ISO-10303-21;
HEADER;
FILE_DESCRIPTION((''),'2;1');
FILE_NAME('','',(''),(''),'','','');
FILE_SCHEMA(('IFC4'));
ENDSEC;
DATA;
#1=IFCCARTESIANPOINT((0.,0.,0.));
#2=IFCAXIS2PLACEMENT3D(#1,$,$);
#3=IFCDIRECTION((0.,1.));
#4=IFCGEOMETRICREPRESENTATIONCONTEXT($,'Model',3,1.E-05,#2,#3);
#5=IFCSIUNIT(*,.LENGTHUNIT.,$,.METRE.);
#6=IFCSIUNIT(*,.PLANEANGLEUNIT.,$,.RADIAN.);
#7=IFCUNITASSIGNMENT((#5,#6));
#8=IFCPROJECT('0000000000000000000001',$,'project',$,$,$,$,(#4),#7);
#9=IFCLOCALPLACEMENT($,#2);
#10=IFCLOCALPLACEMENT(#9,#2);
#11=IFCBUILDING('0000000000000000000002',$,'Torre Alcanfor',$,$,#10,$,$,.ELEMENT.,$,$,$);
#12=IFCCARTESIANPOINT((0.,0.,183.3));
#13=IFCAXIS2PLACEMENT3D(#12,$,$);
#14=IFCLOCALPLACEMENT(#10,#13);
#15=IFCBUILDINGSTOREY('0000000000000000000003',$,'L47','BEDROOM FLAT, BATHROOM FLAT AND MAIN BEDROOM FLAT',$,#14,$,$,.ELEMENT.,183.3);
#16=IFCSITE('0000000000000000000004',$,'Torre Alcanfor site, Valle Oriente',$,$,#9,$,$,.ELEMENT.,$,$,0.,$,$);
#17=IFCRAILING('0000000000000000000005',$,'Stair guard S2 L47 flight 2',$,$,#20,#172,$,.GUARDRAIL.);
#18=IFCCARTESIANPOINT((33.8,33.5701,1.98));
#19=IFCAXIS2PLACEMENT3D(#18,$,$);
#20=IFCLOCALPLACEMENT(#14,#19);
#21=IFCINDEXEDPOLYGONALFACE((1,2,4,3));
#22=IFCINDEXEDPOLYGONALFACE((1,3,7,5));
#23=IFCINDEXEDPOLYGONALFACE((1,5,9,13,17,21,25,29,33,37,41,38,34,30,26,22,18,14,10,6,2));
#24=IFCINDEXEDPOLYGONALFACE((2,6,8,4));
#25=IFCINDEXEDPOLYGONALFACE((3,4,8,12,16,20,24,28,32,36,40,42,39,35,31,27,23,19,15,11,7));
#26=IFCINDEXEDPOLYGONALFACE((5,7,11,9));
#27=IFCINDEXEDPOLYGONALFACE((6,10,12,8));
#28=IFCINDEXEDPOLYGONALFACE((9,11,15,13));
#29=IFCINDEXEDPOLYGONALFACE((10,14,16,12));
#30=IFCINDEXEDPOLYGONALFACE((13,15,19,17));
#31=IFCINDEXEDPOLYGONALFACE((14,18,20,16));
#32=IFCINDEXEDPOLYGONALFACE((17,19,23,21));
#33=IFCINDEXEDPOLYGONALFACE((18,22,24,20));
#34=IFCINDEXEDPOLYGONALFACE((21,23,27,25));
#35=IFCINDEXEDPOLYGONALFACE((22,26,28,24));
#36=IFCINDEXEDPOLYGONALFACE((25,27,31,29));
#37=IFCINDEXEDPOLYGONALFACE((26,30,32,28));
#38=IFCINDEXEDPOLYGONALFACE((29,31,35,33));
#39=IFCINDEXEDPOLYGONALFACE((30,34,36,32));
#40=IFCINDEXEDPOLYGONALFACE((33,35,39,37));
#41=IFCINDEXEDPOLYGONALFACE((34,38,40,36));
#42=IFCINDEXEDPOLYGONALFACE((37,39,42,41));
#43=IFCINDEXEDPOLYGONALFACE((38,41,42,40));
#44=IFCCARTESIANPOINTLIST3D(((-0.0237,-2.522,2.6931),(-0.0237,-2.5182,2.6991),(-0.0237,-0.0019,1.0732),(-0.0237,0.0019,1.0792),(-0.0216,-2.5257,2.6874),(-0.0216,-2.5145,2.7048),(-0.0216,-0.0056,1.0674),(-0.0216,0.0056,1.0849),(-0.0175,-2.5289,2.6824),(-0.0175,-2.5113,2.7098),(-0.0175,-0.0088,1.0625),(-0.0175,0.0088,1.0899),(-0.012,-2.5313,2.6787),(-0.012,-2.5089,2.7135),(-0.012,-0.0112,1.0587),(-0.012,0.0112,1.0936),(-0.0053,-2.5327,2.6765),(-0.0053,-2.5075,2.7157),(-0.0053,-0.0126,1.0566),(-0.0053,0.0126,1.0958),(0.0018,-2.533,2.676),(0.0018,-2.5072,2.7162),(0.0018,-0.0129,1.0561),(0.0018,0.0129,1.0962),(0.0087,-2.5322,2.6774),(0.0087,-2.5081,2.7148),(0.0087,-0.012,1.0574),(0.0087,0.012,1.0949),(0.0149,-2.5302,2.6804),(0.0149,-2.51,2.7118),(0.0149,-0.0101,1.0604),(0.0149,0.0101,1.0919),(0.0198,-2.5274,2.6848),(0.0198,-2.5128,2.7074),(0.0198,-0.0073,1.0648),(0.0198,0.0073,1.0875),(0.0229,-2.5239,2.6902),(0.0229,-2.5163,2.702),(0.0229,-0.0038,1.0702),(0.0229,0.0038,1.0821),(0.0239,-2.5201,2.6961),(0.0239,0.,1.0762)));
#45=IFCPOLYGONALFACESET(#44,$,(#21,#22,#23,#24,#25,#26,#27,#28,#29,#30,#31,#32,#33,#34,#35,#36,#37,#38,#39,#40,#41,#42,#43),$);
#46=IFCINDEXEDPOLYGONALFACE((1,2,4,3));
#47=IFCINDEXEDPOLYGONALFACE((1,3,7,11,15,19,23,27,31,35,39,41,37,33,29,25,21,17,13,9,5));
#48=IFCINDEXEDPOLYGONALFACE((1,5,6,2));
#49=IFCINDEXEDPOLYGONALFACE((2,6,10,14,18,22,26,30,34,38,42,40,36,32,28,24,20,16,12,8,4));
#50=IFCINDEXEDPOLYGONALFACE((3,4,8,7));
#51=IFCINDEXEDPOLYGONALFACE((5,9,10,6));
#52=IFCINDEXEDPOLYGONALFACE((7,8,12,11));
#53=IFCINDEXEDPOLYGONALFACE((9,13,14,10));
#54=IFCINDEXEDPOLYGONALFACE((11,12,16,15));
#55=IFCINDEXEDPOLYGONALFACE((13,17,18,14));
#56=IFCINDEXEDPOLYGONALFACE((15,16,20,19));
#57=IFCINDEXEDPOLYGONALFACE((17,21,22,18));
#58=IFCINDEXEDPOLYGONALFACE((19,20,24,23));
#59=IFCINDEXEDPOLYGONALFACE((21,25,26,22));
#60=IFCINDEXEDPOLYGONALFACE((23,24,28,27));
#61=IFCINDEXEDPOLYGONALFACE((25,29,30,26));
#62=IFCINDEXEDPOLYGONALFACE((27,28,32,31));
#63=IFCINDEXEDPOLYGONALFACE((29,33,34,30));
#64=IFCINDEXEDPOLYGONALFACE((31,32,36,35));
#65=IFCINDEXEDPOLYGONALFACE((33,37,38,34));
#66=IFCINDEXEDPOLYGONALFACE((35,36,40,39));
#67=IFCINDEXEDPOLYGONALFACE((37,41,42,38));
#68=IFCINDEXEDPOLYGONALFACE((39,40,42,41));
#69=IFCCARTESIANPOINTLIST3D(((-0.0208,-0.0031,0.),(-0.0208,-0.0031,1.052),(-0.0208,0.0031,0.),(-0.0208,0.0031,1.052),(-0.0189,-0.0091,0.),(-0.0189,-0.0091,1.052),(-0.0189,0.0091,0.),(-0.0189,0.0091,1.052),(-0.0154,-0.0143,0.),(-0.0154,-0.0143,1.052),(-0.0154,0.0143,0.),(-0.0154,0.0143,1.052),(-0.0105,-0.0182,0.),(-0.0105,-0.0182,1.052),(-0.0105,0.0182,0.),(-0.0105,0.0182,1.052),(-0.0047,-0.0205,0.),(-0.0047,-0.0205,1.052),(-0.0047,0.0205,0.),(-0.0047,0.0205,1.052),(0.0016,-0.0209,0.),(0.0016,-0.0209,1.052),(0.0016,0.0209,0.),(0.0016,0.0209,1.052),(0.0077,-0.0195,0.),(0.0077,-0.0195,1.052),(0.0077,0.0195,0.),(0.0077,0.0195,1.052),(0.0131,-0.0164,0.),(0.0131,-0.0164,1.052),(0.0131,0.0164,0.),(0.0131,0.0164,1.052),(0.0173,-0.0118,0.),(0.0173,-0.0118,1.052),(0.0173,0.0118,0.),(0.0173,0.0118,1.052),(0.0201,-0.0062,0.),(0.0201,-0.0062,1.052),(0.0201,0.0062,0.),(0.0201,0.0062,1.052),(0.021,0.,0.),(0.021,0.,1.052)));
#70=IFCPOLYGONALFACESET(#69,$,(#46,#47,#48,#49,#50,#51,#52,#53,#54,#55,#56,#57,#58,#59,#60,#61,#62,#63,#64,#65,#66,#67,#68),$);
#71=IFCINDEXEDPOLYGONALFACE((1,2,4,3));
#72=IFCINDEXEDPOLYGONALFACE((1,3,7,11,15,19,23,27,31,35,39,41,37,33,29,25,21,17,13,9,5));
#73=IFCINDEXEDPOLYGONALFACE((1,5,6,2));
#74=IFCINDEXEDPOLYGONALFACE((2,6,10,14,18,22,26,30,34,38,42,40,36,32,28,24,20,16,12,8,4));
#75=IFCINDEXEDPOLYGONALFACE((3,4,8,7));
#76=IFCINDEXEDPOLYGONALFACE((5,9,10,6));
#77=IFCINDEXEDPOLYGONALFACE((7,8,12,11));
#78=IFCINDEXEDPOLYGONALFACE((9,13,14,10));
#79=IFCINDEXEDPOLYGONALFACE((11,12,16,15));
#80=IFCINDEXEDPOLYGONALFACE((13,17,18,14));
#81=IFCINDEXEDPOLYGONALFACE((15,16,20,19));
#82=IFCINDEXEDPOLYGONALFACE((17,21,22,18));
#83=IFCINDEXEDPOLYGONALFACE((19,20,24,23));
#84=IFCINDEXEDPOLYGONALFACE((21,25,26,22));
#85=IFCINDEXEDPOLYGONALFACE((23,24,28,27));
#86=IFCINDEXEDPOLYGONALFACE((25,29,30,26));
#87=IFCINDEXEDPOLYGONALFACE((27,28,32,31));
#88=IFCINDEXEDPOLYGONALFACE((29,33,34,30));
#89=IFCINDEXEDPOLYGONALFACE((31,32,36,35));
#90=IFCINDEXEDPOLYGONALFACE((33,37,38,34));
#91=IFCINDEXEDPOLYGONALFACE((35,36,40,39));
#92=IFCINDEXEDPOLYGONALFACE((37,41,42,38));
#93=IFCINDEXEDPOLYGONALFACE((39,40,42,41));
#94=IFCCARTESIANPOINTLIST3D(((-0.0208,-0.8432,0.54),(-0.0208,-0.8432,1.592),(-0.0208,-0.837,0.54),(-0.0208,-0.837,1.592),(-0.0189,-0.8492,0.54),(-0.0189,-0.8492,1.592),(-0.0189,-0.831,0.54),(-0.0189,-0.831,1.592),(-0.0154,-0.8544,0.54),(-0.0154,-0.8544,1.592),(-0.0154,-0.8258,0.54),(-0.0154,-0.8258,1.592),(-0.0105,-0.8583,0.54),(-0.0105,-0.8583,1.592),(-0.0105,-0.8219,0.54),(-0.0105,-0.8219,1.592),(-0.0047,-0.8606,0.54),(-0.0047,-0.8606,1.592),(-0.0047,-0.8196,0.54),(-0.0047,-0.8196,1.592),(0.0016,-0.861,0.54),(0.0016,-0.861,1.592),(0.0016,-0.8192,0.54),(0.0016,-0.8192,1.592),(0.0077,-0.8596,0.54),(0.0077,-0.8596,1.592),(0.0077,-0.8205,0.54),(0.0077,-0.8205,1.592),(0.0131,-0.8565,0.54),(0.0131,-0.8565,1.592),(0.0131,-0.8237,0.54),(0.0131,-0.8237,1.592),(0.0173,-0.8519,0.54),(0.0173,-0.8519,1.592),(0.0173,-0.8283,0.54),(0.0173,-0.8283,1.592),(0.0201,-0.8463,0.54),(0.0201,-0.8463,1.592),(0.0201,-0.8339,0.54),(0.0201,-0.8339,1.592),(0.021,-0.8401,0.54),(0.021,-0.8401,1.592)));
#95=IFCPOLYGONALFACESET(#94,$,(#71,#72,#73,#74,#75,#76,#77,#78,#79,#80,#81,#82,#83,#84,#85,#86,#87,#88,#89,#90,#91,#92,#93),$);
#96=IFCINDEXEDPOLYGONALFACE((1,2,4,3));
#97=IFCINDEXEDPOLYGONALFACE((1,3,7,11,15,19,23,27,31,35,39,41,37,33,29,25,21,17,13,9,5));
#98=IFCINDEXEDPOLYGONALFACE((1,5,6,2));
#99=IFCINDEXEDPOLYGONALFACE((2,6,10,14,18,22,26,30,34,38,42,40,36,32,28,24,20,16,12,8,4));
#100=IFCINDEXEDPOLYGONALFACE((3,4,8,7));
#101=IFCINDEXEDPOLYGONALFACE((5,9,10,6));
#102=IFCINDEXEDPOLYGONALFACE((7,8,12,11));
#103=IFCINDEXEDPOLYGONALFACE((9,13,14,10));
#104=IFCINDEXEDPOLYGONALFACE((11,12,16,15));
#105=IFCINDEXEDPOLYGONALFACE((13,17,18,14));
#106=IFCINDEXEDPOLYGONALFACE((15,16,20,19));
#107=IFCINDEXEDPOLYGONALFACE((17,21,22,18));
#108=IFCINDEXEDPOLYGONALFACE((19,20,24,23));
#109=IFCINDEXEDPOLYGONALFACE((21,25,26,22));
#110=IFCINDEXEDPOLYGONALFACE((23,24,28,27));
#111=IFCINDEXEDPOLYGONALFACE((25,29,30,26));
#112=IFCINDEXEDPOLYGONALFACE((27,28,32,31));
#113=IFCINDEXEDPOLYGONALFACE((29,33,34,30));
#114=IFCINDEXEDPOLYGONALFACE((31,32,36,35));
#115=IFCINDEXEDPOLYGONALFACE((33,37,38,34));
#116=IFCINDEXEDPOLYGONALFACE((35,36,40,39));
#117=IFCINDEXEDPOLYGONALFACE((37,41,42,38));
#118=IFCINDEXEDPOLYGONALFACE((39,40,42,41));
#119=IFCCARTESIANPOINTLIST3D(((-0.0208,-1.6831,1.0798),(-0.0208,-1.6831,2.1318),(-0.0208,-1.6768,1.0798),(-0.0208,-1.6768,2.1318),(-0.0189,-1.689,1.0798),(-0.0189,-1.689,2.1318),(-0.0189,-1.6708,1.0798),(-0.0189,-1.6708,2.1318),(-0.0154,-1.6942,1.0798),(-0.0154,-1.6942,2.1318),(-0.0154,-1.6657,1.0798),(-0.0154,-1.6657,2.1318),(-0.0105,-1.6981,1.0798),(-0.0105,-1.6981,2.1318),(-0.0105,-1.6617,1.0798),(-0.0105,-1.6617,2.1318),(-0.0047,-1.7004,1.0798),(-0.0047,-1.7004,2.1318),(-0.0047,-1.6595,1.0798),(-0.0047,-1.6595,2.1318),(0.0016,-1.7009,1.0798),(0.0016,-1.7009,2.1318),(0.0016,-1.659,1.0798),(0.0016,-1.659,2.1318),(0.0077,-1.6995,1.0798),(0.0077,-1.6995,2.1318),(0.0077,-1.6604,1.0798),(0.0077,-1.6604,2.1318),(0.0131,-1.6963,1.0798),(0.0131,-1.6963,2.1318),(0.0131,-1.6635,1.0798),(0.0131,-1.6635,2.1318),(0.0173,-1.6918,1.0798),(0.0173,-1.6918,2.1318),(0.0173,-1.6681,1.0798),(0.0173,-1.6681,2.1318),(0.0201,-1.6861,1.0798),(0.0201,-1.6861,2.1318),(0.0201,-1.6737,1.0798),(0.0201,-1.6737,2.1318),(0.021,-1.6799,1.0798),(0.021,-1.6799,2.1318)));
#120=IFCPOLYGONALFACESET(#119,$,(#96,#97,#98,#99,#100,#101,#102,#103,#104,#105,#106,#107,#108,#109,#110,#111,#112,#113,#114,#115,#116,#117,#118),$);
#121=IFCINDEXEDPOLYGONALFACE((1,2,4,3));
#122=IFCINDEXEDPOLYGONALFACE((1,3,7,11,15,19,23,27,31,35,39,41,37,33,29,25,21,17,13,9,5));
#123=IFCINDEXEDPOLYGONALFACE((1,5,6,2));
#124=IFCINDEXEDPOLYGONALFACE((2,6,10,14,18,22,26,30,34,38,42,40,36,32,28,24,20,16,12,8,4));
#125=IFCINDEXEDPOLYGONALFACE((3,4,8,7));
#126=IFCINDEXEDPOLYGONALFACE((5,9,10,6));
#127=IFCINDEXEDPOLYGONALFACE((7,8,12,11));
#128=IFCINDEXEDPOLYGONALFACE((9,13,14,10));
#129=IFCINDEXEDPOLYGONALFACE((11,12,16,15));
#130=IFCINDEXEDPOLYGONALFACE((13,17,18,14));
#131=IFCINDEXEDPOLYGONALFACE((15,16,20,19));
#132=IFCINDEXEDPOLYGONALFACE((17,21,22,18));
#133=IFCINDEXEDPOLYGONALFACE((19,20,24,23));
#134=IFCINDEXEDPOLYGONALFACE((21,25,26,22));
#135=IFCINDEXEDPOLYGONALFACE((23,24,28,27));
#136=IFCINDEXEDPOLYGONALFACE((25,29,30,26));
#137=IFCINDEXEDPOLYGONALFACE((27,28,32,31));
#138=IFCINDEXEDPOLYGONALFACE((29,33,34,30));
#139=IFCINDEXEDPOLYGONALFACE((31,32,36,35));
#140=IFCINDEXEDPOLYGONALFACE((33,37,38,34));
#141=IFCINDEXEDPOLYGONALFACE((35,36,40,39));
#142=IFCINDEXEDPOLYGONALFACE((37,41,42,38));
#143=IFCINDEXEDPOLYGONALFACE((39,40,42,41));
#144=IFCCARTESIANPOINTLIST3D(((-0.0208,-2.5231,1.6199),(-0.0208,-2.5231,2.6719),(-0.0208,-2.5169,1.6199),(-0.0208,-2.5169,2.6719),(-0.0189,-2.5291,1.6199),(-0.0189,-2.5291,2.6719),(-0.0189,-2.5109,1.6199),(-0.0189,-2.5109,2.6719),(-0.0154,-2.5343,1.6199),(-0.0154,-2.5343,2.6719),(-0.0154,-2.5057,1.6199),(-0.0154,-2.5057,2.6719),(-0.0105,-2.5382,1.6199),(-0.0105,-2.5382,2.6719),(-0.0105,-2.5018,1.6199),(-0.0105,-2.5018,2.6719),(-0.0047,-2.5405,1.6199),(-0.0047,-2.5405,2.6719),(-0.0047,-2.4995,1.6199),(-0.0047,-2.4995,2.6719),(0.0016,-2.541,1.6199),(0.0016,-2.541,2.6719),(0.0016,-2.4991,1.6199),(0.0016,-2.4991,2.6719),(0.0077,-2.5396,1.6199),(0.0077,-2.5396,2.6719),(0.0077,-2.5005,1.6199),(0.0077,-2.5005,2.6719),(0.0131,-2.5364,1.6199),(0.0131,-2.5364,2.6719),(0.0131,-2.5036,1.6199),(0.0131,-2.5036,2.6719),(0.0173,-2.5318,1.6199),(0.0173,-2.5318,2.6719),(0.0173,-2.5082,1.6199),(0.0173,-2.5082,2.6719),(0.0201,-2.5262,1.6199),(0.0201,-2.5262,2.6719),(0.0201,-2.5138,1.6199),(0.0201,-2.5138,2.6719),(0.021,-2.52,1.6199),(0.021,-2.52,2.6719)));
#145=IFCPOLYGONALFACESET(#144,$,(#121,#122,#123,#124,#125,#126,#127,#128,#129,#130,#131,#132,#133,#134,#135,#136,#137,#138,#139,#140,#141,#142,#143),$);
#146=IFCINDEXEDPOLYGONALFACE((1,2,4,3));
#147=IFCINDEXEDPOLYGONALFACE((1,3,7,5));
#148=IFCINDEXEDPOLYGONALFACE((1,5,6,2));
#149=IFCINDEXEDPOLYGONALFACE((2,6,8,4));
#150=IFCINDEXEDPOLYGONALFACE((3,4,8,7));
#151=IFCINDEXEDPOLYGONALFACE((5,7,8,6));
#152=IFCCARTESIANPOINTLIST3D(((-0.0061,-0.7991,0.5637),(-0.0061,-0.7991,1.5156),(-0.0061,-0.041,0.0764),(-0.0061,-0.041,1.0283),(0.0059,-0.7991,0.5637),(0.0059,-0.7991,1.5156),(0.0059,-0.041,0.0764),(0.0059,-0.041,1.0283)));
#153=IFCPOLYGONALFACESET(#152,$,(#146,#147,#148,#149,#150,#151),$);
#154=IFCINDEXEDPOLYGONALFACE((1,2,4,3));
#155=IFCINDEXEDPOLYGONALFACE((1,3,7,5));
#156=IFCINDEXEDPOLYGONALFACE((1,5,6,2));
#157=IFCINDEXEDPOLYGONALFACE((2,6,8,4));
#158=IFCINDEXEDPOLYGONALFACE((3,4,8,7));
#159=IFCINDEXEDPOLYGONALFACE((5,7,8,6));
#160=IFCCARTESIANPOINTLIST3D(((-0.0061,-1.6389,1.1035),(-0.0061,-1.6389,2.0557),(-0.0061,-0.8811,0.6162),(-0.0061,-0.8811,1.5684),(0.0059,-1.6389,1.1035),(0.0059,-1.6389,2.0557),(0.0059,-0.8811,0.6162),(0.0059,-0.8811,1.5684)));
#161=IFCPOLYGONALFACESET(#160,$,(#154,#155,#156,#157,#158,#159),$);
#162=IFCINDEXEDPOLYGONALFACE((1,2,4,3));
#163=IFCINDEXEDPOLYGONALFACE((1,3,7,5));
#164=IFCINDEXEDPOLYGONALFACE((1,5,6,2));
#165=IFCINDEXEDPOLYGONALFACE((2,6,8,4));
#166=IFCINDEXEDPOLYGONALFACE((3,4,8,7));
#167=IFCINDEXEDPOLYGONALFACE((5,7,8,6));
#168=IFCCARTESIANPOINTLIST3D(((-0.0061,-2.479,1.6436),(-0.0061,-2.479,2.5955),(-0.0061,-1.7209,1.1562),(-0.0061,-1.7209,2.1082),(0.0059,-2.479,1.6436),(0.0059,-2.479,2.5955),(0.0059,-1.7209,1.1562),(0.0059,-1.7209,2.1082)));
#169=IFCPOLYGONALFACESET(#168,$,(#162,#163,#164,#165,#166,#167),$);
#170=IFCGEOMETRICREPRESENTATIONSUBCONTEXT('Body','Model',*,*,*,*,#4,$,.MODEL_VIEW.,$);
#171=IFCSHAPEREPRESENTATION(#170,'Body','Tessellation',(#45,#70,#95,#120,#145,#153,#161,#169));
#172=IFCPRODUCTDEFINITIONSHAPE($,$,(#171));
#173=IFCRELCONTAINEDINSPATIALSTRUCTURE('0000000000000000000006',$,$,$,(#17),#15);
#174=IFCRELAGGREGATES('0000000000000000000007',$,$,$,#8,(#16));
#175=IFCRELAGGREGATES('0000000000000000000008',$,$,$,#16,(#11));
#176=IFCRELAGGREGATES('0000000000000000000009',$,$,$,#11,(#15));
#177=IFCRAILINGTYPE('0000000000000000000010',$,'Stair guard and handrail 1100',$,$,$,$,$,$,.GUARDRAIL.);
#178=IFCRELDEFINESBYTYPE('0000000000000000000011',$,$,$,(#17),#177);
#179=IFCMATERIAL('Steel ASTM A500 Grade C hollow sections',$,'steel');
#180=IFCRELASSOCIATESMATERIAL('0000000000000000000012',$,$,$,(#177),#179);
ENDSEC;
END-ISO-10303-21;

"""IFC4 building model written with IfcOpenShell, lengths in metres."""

from ifc_helpers import new_model, si_unit, direction, frame, origin, origin_2d, place, context, subcontext, project, spatial, polyline, circle, outline, extrude, material, type_object, element, save


model = new_model("IFC4")

# Units and contexts
model_context = context("Model", 3, precision=1e-05, world=origin(), true_north=direction((0.0, 1.0)))
body_context = subcontext(model_context, "Body", "Model", "MODEL_VIEW")
ifc_project = project(units=[si_unit("LENGTHUNIT", "METRE"), si_unit("PLANEANGLEUNIT", "RADIAN")], contexts=[model_context])

# Site, building, storey
site_placement = place(None, origin())
site = spatial("IfcSite", under=ifc_project, at=site_placement, Name="Torre Alcanfor site, Valle Oriente", CompositionType="ELEMENT", RefElevation=0.0)
building_placement = place(site_placement, origin())
building = spatial("IfcBuilding", under=site, at=building_placement, Name="Torre Alcanfor", CompositionType="ELEMENT")
storey_placement = place(building_placement, frame((0.0, 0.0, 183.3)))
storey = spatial("IfcBuildingStorey", under=building, at=storey_placement, Name="L47", Description="BEDROOM FLAT, BATHROOM FLAT AND MAIN BEDROOM FLAT", CompositionType="ELEMENT", Elevation=183.3)

# Railing
ifc_material_1 = material(Name="Steel ASTM A500 Grade C hollow sections", Category="steel")
railing_type_1 = type_object("IfcRailingType", Name="Stair guard and handrail 1100", PredefinedType="GUARDRAIL", material=ifc_material_1)
railing_1_placement = place(storey_placement, frame((33.8, 33.5701, 1.98)))
element("IfcRailing", 1, at=railing_1_placement, inside=storey, type_object=railing_type_1, Name="Stair guard S2 L47 flight 2", PredefinedType="GUARDRAIL", context=body_context, shape_type="SweptSolid", body=[
    extrude(circle(Radius=0.0239, at=origin_2d()), frame((0.0, 0.0, 1.0762), z_axis=(0.0, -0.8412, 0.540725), x_axis=(1.0, 0.0, 0.0)), (0.0, 0.0, 1.0), 2.9958),
    extrude(circle(Radius=0.021, at=origin_2d()), origin(), (0.0, 0.0, 1.0), 1.052),
    extrude(circle(Radius=0.021, at=origin_2d()), frame((0.0, -0.8401, 0.54)), (0.0, 0.0, 1.0), 1.052),
    extrude(circle(Radius=0.021, at=origin_2d()), frame((0.0, -1.6799, 1.0798)), (0.0, 0.0, 1.0), 1.052),
    extrude(circle(Radius=0.021, at=origin_2d()), frame((0.0, -2.52, 1.6199)), (0.0, 0.0, 1.0), 1.052),
    extrude(outline(polyline([(0.041, 0.0764), (0.7991, 0.5637), (0.7991, 1.5156), (0.041, 1.0283), (0.041, 0.0764)])), frame((0.0059, 0.0, 0.0), z_axis=(-1.0, 0.0, 0.0), x_axis=(0.0, -1.0, 0.0)), (0.0, 0.0, 1.0), 0.012),
    extrude(outline(polyline([(0.8811, 0.6162), (1.6389, 1.1035), (1.6389, 2.0557), (0.8811, 1.5684), (0.8811, 0.6162)])), frame((0.0059, 0.0, 0.0), z_axis=(-1.0, 0.0, 0.0), x_axis=(0.0, -1.0, 0.0)), (0.0, 0.0, 1.0), 0.012),
    extrude(outline(polyline([(1.7209, 1.1562), (2.479, 1.6436), (2.479, 2.5955), (1.7209, 2.1082), (1.7209, 1.1562)])), frame((0.0059, 0.0, 0.0), z_axis=(-1.0, 0.0, 0.0), x_axis=(0.0, -1.0, 0.0)), (0.0, 0.0, 1.0), 0.012),
])

save(model, "model.ifc")
